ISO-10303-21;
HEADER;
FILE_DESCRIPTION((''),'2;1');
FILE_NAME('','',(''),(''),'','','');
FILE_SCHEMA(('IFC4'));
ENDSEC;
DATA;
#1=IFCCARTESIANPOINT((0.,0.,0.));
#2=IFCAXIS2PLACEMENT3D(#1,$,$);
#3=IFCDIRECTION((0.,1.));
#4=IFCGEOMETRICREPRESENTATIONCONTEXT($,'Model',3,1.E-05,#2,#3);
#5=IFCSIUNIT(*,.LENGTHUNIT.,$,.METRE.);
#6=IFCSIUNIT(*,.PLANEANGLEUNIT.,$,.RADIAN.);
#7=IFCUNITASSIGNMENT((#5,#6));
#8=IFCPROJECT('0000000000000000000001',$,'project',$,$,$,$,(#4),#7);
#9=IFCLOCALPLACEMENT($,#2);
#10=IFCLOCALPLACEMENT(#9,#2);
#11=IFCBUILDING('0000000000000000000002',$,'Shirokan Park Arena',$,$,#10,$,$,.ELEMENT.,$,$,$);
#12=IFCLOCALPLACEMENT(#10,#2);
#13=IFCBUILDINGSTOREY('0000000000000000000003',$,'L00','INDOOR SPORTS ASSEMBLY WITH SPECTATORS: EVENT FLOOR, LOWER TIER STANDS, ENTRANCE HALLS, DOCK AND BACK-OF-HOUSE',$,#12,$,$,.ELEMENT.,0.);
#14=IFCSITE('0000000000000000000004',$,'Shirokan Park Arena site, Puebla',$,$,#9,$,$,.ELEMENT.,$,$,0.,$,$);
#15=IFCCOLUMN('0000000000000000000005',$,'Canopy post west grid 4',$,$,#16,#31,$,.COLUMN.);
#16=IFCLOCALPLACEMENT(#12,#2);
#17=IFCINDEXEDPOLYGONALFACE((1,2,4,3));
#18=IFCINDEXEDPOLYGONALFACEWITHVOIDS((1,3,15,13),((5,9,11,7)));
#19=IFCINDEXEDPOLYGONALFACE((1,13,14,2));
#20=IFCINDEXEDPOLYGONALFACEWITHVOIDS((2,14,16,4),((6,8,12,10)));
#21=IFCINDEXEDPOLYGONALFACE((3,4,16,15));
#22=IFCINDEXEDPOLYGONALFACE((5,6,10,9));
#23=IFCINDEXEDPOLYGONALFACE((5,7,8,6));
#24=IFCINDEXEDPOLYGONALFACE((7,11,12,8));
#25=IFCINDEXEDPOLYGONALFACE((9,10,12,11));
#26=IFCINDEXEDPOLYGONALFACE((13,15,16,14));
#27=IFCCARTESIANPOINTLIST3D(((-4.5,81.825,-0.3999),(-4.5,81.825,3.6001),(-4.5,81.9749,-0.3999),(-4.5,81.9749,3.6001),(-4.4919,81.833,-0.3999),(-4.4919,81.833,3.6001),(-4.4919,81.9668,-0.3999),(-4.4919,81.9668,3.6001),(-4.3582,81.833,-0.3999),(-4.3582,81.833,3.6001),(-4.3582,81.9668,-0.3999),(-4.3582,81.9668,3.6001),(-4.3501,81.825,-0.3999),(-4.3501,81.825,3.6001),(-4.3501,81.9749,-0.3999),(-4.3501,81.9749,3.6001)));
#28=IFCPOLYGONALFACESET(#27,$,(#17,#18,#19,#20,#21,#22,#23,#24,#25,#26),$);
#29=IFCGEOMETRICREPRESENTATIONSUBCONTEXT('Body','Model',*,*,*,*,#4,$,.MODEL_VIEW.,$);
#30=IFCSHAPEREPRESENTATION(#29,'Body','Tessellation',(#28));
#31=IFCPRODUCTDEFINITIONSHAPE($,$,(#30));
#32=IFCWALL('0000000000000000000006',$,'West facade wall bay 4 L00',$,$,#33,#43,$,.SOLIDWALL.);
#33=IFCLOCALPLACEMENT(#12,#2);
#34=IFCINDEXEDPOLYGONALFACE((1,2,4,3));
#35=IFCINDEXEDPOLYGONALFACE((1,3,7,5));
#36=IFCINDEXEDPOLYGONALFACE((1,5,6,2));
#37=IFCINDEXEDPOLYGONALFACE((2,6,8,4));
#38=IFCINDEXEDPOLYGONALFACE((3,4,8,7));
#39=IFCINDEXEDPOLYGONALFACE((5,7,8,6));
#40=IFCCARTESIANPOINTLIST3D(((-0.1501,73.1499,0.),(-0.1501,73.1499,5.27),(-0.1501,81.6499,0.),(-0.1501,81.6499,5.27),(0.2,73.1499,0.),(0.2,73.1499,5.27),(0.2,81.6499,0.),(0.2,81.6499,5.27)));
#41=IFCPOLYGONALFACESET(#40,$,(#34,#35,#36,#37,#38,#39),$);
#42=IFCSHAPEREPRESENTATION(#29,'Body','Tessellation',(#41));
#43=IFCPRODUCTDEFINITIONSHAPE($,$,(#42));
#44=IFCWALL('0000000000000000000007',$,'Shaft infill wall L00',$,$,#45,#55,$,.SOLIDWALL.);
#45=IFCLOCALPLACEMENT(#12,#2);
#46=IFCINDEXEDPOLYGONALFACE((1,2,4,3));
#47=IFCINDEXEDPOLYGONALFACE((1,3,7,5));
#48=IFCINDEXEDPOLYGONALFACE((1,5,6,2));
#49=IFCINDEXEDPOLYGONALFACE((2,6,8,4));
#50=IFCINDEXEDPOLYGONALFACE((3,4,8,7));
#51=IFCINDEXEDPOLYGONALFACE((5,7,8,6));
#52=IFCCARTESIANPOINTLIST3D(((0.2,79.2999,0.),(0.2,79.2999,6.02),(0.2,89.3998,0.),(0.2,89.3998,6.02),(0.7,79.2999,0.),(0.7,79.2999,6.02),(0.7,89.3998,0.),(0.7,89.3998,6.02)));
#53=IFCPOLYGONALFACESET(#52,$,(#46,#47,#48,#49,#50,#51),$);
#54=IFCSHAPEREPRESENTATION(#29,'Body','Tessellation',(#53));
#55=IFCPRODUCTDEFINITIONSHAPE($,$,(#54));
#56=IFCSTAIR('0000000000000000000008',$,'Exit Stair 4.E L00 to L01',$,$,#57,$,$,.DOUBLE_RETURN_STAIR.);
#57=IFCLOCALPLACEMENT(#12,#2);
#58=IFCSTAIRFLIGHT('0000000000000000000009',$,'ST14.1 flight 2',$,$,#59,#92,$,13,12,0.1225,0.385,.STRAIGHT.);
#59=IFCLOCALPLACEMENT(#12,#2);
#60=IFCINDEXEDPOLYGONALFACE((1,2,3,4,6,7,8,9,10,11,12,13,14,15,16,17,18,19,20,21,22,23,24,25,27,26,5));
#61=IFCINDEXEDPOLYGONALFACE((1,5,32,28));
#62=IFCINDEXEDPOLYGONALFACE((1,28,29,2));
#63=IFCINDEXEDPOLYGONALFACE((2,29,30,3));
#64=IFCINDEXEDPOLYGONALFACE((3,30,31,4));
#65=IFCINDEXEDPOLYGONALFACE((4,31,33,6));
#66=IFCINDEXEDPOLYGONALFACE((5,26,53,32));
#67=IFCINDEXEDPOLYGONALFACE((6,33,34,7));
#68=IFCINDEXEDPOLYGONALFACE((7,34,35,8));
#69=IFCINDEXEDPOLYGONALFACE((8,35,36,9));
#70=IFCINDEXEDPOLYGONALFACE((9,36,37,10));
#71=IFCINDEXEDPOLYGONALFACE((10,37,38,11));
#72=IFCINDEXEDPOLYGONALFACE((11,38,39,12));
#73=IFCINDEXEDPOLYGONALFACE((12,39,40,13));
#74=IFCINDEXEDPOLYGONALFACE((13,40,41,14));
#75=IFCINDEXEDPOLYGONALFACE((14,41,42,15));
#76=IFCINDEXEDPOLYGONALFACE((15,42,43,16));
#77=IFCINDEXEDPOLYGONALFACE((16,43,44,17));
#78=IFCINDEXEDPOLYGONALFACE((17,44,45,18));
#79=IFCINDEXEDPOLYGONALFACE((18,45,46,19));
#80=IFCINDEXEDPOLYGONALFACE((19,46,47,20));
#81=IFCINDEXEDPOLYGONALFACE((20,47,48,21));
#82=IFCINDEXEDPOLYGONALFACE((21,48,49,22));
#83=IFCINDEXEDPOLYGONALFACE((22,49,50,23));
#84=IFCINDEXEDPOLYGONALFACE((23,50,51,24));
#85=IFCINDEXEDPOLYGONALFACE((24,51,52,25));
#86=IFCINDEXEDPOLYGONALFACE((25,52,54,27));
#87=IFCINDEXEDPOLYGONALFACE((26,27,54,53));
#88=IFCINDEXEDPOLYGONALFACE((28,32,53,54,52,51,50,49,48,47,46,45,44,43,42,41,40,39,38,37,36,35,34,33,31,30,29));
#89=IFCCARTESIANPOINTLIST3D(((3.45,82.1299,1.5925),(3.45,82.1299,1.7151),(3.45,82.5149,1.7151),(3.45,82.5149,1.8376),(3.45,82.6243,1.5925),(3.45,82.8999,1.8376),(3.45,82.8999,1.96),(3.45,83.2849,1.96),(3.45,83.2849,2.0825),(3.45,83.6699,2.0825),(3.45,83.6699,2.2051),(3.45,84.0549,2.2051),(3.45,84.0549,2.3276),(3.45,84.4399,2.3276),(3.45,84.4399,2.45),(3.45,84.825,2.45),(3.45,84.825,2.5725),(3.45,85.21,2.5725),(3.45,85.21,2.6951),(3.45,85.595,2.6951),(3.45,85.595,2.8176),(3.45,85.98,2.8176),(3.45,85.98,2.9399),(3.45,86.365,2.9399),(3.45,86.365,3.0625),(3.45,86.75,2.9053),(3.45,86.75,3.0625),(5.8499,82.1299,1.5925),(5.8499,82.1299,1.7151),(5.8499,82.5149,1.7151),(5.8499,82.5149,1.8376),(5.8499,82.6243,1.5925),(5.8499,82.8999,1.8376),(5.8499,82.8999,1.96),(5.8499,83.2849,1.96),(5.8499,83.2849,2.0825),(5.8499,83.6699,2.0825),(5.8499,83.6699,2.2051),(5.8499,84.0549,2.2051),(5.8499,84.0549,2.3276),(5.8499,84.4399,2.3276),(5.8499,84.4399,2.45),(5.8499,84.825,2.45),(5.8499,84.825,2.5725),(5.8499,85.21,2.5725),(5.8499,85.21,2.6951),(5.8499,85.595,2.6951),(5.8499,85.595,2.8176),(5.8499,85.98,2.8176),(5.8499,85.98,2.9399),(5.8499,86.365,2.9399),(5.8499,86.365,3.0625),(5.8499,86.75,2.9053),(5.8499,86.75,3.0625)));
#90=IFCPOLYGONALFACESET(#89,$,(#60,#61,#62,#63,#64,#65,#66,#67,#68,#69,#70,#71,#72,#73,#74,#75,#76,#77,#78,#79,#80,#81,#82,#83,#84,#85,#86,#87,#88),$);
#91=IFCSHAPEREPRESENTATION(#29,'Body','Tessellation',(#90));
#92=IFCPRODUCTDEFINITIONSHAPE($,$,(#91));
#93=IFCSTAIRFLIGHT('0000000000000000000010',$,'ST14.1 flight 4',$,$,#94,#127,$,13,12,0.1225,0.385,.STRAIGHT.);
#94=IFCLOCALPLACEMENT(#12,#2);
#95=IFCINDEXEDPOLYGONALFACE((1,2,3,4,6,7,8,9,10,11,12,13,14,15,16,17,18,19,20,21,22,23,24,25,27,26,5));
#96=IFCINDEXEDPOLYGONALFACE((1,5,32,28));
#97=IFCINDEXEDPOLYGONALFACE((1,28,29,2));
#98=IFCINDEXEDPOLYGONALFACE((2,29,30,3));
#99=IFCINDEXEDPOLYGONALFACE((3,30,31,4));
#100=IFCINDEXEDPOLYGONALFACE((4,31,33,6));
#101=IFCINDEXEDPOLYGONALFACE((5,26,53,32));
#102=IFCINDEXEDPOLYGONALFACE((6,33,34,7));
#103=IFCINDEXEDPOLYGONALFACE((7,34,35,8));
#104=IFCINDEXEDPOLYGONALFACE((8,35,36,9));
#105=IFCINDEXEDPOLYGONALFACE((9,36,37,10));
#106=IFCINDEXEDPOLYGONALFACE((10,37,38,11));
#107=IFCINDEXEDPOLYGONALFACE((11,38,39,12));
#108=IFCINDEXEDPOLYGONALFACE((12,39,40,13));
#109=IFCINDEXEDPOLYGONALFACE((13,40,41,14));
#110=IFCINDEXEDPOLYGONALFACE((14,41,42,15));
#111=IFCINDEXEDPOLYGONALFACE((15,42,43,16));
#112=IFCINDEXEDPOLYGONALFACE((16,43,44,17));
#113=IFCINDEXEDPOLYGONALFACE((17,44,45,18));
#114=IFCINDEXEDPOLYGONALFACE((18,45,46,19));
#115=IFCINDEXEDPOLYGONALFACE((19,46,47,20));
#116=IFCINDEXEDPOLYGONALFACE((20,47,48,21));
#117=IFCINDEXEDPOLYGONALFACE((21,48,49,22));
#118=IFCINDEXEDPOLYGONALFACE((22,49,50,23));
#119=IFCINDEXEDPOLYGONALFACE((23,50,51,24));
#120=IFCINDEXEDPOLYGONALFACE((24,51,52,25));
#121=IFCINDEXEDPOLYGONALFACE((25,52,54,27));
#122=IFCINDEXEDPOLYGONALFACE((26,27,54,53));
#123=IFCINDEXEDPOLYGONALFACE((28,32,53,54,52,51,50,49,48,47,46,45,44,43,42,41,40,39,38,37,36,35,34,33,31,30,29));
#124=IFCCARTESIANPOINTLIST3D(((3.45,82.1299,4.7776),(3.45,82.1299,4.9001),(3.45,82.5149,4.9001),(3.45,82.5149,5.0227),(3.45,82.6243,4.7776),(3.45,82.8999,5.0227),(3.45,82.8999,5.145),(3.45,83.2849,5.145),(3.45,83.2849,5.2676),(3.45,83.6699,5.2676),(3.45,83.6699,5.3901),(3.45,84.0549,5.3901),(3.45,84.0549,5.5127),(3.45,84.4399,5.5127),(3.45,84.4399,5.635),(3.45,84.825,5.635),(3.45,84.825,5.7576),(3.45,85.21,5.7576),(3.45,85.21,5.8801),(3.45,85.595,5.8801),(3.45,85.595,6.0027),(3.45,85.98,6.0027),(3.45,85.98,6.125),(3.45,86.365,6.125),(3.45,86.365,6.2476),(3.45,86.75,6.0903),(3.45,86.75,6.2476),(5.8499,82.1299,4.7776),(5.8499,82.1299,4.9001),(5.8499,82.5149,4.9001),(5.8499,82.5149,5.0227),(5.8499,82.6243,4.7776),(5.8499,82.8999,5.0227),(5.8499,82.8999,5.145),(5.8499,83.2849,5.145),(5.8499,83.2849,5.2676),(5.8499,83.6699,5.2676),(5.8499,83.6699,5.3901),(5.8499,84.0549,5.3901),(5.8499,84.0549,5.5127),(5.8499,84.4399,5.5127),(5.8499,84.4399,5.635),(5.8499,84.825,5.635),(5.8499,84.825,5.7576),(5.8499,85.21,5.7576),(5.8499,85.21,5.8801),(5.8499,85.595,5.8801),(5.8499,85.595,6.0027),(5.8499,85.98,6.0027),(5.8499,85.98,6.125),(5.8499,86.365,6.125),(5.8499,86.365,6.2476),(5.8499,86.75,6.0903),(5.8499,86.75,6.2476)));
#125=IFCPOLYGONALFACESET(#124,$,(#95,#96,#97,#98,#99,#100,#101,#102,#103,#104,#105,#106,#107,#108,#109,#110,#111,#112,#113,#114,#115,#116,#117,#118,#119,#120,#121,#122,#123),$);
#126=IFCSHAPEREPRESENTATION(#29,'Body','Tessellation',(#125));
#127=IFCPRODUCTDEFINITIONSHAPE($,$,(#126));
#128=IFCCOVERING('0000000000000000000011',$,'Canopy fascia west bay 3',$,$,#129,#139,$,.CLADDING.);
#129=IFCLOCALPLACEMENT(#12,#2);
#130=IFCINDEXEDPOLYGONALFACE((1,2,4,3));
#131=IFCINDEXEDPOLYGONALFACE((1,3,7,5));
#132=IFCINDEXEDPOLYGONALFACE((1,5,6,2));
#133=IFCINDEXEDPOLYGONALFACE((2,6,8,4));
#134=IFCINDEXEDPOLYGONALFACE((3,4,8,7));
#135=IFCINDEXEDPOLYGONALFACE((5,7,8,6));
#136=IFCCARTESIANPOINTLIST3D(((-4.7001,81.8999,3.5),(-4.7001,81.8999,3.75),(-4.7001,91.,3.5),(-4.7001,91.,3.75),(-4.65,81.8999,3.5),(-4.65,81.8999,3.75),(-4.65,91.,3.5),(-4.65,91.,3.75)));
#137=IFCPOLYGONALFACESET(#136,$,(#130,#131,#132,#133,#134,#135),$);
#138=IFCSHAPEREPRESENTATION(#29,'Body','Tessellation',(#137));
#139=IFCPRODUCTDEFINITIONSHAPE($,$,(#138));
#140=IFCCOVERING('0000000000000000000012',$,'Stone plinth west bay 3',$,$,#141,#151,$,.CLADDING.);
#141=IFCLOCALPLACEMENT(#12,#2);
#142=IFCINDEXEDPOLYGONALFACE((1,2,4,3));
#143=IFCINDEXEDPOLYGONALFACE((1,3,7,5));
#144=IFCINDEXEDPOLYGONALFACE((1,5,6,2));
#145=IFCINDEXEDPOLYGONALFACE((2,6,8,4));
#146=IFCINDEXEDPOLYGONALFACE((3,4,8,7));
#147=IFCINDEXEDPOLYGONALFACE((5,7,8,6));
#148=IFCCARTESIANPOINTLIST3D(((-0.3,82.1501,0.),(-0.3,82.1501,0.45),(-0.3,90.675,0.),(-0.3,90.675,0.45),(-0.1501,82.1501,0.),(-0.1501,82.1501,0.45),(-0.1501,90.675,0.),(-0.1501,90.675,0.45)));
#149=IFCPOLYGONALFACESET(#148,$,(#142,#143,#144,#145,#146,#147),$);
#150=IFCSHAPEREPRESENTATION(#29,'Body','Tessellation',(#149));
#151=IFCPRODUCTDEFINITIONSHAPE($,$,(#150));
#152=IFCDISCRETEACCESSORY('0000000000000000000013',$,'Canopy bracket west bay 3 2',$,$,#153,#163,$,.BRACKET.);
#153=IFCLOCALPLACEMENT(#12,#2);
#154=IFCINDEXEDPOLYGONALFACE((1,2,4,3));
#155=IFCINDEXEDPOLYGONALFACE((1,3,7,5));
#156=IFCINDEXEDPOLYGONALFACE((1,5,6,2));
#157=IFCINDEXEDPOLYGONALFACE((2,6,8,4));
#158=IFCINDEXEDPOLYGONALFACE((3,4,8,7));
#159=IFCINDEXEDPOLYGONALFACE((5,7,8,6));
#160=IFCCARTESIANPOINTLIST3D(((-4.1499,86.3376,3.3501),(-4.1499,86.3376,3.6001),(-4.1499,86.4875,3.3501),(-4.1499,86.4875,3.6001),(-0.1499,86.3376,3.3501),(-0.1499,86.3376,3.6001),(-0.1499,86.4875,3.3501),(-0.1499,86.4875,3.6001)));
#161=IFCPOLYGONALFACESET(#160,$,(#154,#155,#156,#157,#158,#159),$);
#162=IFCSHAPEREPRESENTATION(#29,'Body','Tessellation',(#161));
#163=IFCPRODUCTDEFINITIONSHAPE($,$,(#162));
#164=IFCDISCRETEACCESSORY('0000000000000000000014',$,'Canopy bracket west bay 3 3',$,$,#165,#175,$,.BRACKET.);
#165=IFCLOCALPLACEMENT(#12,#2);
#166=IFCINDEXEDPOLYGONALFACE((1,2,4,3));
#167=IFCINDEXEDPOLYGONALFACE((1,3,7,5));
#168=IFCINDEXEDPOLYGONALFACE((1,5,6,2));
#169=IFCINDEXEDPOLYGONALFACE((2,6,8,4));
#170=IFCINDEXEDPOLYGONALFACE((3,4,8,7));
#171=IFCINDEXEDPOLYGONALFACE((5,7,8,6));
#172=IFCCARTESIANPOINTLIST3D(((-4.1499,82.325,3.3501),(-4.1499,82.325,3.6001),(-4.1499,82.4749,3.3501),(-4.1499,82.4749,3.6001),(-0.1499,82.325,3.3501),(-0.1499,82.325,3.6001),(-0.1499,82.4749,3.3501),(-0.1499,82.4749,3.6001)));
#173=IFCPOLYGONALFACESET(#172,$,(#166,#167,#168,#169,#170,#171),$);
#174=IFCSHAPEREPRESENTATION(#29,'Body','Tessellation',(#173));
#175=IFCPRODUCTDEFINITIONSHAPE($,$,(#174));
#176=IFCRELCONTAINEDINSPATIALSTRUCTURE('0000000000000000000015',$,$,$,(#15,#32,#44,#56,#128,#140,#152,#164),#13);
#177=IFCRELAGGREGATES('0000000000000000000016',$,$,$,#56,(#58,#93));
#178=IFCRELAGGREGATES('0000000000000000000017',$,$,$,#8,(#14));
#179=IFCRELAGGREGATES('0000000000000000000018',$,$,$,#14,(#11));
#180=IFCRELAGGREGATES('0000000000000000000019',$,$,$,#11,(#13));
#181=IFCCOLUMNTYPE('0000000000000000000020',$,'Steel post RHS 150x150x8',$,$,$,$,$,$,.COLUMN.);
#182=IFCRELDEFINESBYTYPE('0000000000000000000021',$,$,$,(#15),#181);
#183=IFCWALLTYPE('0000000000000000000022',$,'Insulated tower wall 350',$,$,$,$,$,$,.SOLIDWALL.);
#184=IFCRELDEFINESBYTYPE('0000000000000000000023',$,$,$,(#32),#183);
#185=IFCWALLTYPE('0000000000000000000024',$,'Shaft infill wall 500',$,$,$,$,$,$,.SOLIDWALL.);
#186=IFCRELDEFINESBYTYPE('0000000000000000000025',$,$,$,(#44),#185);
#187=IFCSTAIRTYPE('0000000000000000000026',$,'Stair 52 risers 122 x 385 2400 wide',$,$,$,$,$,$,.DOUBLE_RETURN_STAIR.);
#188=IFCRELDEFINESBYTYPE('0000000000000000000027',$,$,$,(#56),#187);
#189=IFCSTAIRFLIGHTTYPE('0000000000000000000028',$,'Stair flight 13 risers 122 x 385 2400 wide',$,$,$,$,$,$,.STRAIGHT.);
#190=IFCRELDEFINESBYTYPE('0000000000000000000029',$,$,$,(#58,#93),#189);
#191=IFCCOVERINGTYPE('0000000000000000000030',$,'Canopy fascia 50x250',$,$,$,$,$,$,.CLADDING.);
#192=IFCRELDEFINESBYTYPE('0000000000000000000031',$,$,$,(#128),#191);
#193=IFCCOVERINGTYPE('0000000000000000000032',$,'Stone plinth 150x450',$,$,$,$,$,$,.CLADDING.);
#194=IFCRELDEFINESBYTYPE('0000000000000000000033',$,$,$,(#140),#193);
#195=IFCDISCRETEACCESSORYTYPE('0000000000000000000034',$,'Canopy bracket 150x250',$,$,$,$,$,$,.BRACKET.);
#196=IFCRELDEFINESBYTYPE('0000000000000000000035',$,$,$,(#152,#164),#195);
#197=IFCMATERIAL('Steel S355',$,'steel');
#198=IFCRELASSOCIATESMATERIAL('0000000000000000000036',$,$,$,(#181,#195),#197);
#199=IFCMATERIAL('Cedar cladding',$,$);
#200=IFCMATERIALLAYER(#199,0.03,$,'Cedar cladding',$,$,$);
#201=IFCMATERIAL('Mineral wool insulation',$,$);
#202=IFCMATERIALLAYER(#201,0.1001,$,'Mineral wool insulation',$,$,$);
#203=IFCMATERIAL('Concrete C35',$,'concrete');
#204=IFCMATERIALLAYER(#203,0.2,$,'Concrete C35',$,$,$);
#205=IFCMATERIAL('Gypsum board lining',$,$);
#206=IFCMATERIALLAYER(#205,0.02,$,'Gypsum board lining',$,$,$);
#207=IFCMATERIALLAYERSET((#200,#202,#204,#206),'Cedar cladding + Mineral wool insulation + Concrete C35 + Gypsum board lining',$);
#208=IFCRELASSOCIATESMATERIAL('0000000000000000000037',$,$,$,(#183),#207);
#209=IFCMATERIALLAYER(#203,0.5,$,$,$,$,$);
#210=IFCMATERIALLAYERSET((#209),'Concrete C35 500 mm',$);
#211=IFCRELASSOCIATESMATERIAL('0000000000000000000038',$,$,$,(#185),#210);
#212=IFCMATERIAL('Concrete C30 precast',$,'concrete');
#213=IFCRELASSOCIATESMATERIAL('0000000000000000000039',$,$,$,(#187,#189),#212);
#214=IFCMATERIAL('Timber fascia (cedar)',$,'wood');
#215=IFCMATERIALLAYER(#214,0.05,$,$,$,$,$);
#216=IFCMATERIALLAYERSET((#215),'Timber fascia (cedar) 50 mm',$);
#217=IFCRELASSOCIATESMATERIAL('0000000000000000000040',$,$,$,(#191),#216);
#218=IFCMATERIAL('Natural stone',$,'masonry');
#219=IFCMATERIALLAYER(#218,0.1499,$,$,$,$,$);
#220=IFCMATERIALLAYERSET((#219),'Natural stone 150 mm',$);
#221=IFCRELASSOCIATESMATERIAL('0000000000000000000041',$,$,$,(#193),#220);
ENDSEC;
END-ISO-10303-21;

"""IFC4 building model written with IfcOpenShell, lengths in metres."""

from ifc_helpers import new_model, si_unit, direction, frame, frame_2d, origin, origin_2d, place, context, subcontext, project, spatial, polyline, rectangle, hollow_rectangle, outline, extrude, material, layer, layer_set, material_profile, profile_set, type_object, element, aggregate, save


model = new_model("IFC4")

# Units and contexts
model_context = context("Model", 3, precision=1e-05, world=origin(), true_north=direction((0.0, 1.0)))
body_context = subcontext(model_context, "Body", "Model", "MODEL_VIEW")
ifc_project = project(units=[si_unit("LENGTHUNIT", "METRE"), si_unit("PLANEANGLEUNIT", "RADIAN")], contexts=[model_context])

# Site, building, storey
site_placement = place(None, origin())
site = spatial("IfcSite", under=ifc_project, at=site_placement, Name="Shirokan Park Arena site, Puebla", CompositionType="ELEMENT", RefElevation=0.0)
building_placement = place(site_placement, origin())
building = spatial("IfcBuilding", under=site, at=building_placement, Name="Shirokan Park Arena", CompositionType="ELEMENT")
storey_placement = place(building_placement, origin())
storey = spatial("IfcBuildingStorey", under=building, at=storey_placement, Name="L00", Description="INDOOR SPORTS ASSEMBLY WITH SPECTATORS: EVENT FLOOR, LOWER TIER STANDS, ENTRANCE HALLS, DOCK AND BACK-OF-HOUSE", CompositionType="ELEMENT", Elevation=0.0)

# Column
ifc_material_1 = material(Name="Concrete C35", Category="concrete")
ifc_material_2 = material(Name="Steel S355", Category="steel")
ifc_material_profile_1 = material_profile(ifc_material_2, hollow_rectangle(XDim=0.1499, YDim=0.1499, WallThickness=0.0081, at=origin_2d()), Name="RHS 150x150x8")
ifc_profile_set_1 = profile_set([ifc_material_profile_1], Name="Steel S355")
column_type_1 = type_object("IfcColumnType", Name="Steel post RHS 150x150x8", PredefinedType="COLUMN", material=ifc_profile_set_1)
column_1_placement = place(storey_placement, frame((-4.425, 81.8999, -0.3999), z_axis=(0.0, 0.0, 1.0), x_axis=(1.0, 0.0, 0.0)))
element("IfcColumn", 1, at=column_1_placement, inside=storey, type_object=column_type_1, Name="Canopy post west grid 4", PredefinedType="COLUMN", context=body_context, shape_type="SweptSolid", body=[
    extrude(hollow_rectangle(XDim=0.1499, YDim=0.1499, WallThickness=0.0081, at=origin_2d()), origin(), (0.0, 0.0, 1.0), 4.0),
])

# Walls
ifc_material_3 = material(Name="Cedar cladding")
ifc_layer_1 = layer(ifc_material_3, 0.03, Name="Cedar cladding")
ifc_material_4 = material(Name="Mineral wool insulation")
ifc_layer_2 = layer(ifc_material_4, 0.1001, Name="Mineral wool insulation")
ifc_layer_3 = layer(ifc_material_1, 0.2, Name="Concrete C35")
ifc_material_5 = material(Name="Gypsum board lining")
ifc_layer_4 = layer(ifc_material_5, 0.02, Name="Gypsum board lining")
ifc_layer_set_1 = layer_set([ifc_layer_1, ifc_layer_2, ifc_layer_3, ifc_layer_4], Name="Cedar cladding + Mineral wool insulation + Concrete C35 + Gypsum board lining")
wall_type_1 = type_object("IfcWallType", Name="Insulated tower wall 350", PredefinedType="SOLIDWALL", material=ifc_layer_set_1)
wall_1_placement = place(storey_placement, frame((0.0249, 81.6499, 0.0), z_axis=(0.0, 0.0, 1.0), x_axis=(0.0, -1.0, 0.0)))
element("IfcWall", 2, at=wall_1_placement, inside=storey, type_object=wall_type_1, Name="West facade wall bay 4 L00", PredefinedType="SOLIDWALL", context=body_context, shape_type="SweptSolid", body=[
    extrude(rectangle(XDim=8.5, YDim=0.3501, at=frame_2d((4.25, 0.0))), origin(), (0.0, 0.0, 1.0), 5.27),
])
ifc_layer_5 = layer(ifc_material_1, 0.5)
ifc_layer_set_2 = layer_set([ifc_layer_5], Name="Concrete C35 500 mm")
wall_type_2 = type_object("IfcWallType", Name="Shaft infill wall 500", PredefinedType="SOLIDWALL", material=ifc_layer_set_2)
wall_2_placement = place(storey_placement, frame((0.45, 79.3, 0.0), z_axis=(0.0, 0.0, 1.0), x_axis=(0.0, 1.0, 0.0)))
element("IfcWall", 3, at=wall_2_placement, inside=storey, type_object=wall_type_2, Name="Shaft infill wall L00", PredefinedType="SOLIDWALL", context=body_context, shape_type="SweptSolid", body=[
    extrude(rectangle(XDim=10.0999, YDim=0.5, at=frame_2d((5.0498, 0.0))), origin(), (0.0, 0.0, 1.0), 6.02),
])

# Stair, stair flights
ifc_material_6 = material(Name="Concrete C30 precast", Category="concrete")
stair_type = type_object("IfcStairType", Name="Stair 52 risers 122 x 385 2400 wide", PredefinedType="DOUBLE_RETURN_STAIR", material=ifc_material_6)
stair_placement = place(storey_placement, origin())
stair = element("IfcStair", 4, at=stair_placement, inside=storey, type_object=stair_type, Name="Exit Stair 4.E L00 to L01", PredefinedType="DOUBLE_RETURN_STAIR")
stair_flight_type = type_object("IfcStairFlightType", Name="Stair flight 13 risers 122 x 385 2400 wide", PredefinedType="STRAIGHT", material=ifc_material_6)
stair_flight_1_placement = place(storey_placement, frame((4.6499, 82.1299, 1.5925), z_axis=(0.0, 0.0, 1.0), x_axis=(0.0, 1.0, 0.0)))
stair_flight_1 = element("IfcStairFlight", 5, at=stair_flight_1_placement, type_object=stair_flight_type, Name="ST14.1 flight 2", NumberOfRisers=13, NumberOfTreads=12, PredefinedType="STRAIGHT", RiserHeight=0.1225, TreadLength=0.385, context=body_context, shape_type="SweptSolid", body=[
    extrude(outline(polyline([(0.0, 0.0), (0.0, 0.1226), (0.385, 0.1226), (0.385, 0.2451), (0.77, 0.2451), (0.77, 0.3674), (1.155, 0.3674), (1.155, 0.49), (1.54, 0.49), (1.54, 0.6125), (1.925, 0.6125), (1.925, 0.7351), (2.3101, 0.7351), (2.3101, 0.8574), (2.6951, 0.8574), (2.6951, 0.98), (3.0801, 0.98), (3.0801, 1.1025), (3.4651, 1.1025), (3.4651, 1.2251), (3.8501, 1.2251), (3.8501, 1.3474), (4.2351, 1.3474), (4.2351, 1.47), (4.6201, 1.47), (4.6201, 1.5925), (4.6201, 1.3127), (0.4944, 0.0), (0.0, 0.0)])), frame((0.0, 1.2, 0.0), z_axis=(0.0, -1.0, 0.0), x_axis=(1.0, 0.0, 0.0)), (0.0, 0.0, 1.0), 2.3999),
])
stair_flight_2_placement = place(storey_placement, frame((4.6499, 82.1299, 4.7776), z_axis=(0.0, 0.0, 1.0), x_axis=(0.0, 1.0, 0.0)))
stair_flight_2 = element("IfcStairFlight", 6, at=stair_flight_2_placement, type_object=stair_flight_type, Name="ST14.1 flight 4", NumberOfRisers=13, NumberOfTreads=12, PredefinedType="STRAIGHT", RiserHeight=0.1225, TreadLength=0.385, context=body_context, shape_type="SweptSolid", body=[
    extrude(outline(polyline([(0.0, 0.0), (0.0, 0.1226), (0.385, 0.1226), (0.385, 0.2451), (0.77, 0.2451), (0.77, 0.3674), (1.155, 0.3674), (1.155, 0.49), (1.54, 0.49), (1.54, 0.6125), (1.925, 0.6125), (1.925, 0.7351), (2.3101, 0.7351), (2.3101, 0.8574), (2.6951, 0.8574), (2.6951, 0.98), (3.0801, 0.98), (3.0801, 1.1025), (3.4651, 1.1025), (3.4651, 1.2251), (3.8501, 1.2251), (3.8501, 1.3474), (4.2351, 1.3474), (4.2351, 1.47), (4.6201, 1.47), (4.6201, 1.5925), (4.6201, 1.3127), (0.4944, 0.0), (0.0, 0.0)])), frame((0.0, 1.2, 0.0), z_axis=(0.0, -1.0, 0.0), x_axis=(1.0, 0.0, 0.0)), (0.0, 0.0, 1.0), 2.3999),
])
aggregate(stair, [stair_flight_1, stair_flight_2])

# Covering
ifc_material_7 = material(Name="Timber fascia (cedar)", Category="wood")
ifc_layer_6 = layer(ifc_material_7, 0.05)
ifc_layer_set_3 = layer_set([ifc_layer_6], Name="Timber fascia (cedar) 50 mm")
covering_type_1 = type_object("IfcCoveringType", Name="Canopy fascia 50x250", PredefinedType="CLADDING", material=ifc_layer_set_3)
covering_1_placement = place(storey_placement, frame((-4.675, 86.45, 3.5), z_axis=(0.0, 0.0, 1.0), x_axis=(0.0, -1.0, 0.0)))
element("IfcCovering", 7, at=covering_1_placement, inside=storey, type_object=covering_type_1, Name="Canopy fascia west bay 3", PredefinedType="CLADDING", context=body_context, shape_type="SweptSolid", body=[
    extrude(rectangle(XDim=9.1001, YDim=0.05, at=origin_2d()), origin(), (0.0, 0.0, 1.0), 0.25),
])

# Covering
ifc_material_8 = material(Name="Natural stone", Category="masonry")
ifc_layer_7 = layer(ifc_material_8, 0.1499)
ifc_layer_set_4 = layer_set([ifc_layer_7], Name="Natural stone 150 mm")
covering_type_2 = type_object("IfcCoveringType", Name="Stone plinth 150x450", PredefinedType="CLADDING", material=ifc_layer_set_4)
covering_2_placement = place(storey_placement, frame((-0.2251, 86.4126, 0.0), z_axis=(0.0, 0.0, 1.0), x_axis=(0.0, -1.0, 0.0)))
element("IfcCovering", 8, at=covering_2_placement, inside=storey, type_object=covering_type_2, Name="Stone plinth west bay 3", PredefinedType="CLADDING", context=body_context, shape_type="SweptSolid", body=[
    extrude(rectangle(XDim=8.5249, YDim=0.1499, at=origin_2d()), origin(), (0.0, 0.0, 1.0), 0.45),
])

# Discrete accessories
discrete_accessory_type = type_object("IfcDiscreteAccessoryType", Name="Canopy bracket 150x250", PredefinedType="BRACKET", material=ifc_material_2)
for number, where, z_axis, x_axis, name in (
    (9, (-2.1499, 86.4126, 3.3501), (0.0, 0.0, 1.0), (0.0, -1.0, 0.0), "Canopy bracket west bay 3 2"),
    (10, (-2.1499, 82.3999, 3.3501), (0.0, 0.0, 1.0), (0.0, -1.0, 0.0), "Canopy bracket west bay 3 3"),
):
    element("IfcDiscreteAccessory", number, at=place(storey_placement, frame(where, z_axis=z_axis, x_axis=x_axis)), inside=storey, type_object=discrete_accessory_type, Name=name, PredefinedType="BRACKET", context=body_context, shape_type="SweptSolid", body=[
        extrude(rectangle(XDim=0.1499, YDim=4.0, at=origin_2d()), origin(), (0.0, 0.0, 1.0), 0.25),
    ])

save(model, "model.ifc")
